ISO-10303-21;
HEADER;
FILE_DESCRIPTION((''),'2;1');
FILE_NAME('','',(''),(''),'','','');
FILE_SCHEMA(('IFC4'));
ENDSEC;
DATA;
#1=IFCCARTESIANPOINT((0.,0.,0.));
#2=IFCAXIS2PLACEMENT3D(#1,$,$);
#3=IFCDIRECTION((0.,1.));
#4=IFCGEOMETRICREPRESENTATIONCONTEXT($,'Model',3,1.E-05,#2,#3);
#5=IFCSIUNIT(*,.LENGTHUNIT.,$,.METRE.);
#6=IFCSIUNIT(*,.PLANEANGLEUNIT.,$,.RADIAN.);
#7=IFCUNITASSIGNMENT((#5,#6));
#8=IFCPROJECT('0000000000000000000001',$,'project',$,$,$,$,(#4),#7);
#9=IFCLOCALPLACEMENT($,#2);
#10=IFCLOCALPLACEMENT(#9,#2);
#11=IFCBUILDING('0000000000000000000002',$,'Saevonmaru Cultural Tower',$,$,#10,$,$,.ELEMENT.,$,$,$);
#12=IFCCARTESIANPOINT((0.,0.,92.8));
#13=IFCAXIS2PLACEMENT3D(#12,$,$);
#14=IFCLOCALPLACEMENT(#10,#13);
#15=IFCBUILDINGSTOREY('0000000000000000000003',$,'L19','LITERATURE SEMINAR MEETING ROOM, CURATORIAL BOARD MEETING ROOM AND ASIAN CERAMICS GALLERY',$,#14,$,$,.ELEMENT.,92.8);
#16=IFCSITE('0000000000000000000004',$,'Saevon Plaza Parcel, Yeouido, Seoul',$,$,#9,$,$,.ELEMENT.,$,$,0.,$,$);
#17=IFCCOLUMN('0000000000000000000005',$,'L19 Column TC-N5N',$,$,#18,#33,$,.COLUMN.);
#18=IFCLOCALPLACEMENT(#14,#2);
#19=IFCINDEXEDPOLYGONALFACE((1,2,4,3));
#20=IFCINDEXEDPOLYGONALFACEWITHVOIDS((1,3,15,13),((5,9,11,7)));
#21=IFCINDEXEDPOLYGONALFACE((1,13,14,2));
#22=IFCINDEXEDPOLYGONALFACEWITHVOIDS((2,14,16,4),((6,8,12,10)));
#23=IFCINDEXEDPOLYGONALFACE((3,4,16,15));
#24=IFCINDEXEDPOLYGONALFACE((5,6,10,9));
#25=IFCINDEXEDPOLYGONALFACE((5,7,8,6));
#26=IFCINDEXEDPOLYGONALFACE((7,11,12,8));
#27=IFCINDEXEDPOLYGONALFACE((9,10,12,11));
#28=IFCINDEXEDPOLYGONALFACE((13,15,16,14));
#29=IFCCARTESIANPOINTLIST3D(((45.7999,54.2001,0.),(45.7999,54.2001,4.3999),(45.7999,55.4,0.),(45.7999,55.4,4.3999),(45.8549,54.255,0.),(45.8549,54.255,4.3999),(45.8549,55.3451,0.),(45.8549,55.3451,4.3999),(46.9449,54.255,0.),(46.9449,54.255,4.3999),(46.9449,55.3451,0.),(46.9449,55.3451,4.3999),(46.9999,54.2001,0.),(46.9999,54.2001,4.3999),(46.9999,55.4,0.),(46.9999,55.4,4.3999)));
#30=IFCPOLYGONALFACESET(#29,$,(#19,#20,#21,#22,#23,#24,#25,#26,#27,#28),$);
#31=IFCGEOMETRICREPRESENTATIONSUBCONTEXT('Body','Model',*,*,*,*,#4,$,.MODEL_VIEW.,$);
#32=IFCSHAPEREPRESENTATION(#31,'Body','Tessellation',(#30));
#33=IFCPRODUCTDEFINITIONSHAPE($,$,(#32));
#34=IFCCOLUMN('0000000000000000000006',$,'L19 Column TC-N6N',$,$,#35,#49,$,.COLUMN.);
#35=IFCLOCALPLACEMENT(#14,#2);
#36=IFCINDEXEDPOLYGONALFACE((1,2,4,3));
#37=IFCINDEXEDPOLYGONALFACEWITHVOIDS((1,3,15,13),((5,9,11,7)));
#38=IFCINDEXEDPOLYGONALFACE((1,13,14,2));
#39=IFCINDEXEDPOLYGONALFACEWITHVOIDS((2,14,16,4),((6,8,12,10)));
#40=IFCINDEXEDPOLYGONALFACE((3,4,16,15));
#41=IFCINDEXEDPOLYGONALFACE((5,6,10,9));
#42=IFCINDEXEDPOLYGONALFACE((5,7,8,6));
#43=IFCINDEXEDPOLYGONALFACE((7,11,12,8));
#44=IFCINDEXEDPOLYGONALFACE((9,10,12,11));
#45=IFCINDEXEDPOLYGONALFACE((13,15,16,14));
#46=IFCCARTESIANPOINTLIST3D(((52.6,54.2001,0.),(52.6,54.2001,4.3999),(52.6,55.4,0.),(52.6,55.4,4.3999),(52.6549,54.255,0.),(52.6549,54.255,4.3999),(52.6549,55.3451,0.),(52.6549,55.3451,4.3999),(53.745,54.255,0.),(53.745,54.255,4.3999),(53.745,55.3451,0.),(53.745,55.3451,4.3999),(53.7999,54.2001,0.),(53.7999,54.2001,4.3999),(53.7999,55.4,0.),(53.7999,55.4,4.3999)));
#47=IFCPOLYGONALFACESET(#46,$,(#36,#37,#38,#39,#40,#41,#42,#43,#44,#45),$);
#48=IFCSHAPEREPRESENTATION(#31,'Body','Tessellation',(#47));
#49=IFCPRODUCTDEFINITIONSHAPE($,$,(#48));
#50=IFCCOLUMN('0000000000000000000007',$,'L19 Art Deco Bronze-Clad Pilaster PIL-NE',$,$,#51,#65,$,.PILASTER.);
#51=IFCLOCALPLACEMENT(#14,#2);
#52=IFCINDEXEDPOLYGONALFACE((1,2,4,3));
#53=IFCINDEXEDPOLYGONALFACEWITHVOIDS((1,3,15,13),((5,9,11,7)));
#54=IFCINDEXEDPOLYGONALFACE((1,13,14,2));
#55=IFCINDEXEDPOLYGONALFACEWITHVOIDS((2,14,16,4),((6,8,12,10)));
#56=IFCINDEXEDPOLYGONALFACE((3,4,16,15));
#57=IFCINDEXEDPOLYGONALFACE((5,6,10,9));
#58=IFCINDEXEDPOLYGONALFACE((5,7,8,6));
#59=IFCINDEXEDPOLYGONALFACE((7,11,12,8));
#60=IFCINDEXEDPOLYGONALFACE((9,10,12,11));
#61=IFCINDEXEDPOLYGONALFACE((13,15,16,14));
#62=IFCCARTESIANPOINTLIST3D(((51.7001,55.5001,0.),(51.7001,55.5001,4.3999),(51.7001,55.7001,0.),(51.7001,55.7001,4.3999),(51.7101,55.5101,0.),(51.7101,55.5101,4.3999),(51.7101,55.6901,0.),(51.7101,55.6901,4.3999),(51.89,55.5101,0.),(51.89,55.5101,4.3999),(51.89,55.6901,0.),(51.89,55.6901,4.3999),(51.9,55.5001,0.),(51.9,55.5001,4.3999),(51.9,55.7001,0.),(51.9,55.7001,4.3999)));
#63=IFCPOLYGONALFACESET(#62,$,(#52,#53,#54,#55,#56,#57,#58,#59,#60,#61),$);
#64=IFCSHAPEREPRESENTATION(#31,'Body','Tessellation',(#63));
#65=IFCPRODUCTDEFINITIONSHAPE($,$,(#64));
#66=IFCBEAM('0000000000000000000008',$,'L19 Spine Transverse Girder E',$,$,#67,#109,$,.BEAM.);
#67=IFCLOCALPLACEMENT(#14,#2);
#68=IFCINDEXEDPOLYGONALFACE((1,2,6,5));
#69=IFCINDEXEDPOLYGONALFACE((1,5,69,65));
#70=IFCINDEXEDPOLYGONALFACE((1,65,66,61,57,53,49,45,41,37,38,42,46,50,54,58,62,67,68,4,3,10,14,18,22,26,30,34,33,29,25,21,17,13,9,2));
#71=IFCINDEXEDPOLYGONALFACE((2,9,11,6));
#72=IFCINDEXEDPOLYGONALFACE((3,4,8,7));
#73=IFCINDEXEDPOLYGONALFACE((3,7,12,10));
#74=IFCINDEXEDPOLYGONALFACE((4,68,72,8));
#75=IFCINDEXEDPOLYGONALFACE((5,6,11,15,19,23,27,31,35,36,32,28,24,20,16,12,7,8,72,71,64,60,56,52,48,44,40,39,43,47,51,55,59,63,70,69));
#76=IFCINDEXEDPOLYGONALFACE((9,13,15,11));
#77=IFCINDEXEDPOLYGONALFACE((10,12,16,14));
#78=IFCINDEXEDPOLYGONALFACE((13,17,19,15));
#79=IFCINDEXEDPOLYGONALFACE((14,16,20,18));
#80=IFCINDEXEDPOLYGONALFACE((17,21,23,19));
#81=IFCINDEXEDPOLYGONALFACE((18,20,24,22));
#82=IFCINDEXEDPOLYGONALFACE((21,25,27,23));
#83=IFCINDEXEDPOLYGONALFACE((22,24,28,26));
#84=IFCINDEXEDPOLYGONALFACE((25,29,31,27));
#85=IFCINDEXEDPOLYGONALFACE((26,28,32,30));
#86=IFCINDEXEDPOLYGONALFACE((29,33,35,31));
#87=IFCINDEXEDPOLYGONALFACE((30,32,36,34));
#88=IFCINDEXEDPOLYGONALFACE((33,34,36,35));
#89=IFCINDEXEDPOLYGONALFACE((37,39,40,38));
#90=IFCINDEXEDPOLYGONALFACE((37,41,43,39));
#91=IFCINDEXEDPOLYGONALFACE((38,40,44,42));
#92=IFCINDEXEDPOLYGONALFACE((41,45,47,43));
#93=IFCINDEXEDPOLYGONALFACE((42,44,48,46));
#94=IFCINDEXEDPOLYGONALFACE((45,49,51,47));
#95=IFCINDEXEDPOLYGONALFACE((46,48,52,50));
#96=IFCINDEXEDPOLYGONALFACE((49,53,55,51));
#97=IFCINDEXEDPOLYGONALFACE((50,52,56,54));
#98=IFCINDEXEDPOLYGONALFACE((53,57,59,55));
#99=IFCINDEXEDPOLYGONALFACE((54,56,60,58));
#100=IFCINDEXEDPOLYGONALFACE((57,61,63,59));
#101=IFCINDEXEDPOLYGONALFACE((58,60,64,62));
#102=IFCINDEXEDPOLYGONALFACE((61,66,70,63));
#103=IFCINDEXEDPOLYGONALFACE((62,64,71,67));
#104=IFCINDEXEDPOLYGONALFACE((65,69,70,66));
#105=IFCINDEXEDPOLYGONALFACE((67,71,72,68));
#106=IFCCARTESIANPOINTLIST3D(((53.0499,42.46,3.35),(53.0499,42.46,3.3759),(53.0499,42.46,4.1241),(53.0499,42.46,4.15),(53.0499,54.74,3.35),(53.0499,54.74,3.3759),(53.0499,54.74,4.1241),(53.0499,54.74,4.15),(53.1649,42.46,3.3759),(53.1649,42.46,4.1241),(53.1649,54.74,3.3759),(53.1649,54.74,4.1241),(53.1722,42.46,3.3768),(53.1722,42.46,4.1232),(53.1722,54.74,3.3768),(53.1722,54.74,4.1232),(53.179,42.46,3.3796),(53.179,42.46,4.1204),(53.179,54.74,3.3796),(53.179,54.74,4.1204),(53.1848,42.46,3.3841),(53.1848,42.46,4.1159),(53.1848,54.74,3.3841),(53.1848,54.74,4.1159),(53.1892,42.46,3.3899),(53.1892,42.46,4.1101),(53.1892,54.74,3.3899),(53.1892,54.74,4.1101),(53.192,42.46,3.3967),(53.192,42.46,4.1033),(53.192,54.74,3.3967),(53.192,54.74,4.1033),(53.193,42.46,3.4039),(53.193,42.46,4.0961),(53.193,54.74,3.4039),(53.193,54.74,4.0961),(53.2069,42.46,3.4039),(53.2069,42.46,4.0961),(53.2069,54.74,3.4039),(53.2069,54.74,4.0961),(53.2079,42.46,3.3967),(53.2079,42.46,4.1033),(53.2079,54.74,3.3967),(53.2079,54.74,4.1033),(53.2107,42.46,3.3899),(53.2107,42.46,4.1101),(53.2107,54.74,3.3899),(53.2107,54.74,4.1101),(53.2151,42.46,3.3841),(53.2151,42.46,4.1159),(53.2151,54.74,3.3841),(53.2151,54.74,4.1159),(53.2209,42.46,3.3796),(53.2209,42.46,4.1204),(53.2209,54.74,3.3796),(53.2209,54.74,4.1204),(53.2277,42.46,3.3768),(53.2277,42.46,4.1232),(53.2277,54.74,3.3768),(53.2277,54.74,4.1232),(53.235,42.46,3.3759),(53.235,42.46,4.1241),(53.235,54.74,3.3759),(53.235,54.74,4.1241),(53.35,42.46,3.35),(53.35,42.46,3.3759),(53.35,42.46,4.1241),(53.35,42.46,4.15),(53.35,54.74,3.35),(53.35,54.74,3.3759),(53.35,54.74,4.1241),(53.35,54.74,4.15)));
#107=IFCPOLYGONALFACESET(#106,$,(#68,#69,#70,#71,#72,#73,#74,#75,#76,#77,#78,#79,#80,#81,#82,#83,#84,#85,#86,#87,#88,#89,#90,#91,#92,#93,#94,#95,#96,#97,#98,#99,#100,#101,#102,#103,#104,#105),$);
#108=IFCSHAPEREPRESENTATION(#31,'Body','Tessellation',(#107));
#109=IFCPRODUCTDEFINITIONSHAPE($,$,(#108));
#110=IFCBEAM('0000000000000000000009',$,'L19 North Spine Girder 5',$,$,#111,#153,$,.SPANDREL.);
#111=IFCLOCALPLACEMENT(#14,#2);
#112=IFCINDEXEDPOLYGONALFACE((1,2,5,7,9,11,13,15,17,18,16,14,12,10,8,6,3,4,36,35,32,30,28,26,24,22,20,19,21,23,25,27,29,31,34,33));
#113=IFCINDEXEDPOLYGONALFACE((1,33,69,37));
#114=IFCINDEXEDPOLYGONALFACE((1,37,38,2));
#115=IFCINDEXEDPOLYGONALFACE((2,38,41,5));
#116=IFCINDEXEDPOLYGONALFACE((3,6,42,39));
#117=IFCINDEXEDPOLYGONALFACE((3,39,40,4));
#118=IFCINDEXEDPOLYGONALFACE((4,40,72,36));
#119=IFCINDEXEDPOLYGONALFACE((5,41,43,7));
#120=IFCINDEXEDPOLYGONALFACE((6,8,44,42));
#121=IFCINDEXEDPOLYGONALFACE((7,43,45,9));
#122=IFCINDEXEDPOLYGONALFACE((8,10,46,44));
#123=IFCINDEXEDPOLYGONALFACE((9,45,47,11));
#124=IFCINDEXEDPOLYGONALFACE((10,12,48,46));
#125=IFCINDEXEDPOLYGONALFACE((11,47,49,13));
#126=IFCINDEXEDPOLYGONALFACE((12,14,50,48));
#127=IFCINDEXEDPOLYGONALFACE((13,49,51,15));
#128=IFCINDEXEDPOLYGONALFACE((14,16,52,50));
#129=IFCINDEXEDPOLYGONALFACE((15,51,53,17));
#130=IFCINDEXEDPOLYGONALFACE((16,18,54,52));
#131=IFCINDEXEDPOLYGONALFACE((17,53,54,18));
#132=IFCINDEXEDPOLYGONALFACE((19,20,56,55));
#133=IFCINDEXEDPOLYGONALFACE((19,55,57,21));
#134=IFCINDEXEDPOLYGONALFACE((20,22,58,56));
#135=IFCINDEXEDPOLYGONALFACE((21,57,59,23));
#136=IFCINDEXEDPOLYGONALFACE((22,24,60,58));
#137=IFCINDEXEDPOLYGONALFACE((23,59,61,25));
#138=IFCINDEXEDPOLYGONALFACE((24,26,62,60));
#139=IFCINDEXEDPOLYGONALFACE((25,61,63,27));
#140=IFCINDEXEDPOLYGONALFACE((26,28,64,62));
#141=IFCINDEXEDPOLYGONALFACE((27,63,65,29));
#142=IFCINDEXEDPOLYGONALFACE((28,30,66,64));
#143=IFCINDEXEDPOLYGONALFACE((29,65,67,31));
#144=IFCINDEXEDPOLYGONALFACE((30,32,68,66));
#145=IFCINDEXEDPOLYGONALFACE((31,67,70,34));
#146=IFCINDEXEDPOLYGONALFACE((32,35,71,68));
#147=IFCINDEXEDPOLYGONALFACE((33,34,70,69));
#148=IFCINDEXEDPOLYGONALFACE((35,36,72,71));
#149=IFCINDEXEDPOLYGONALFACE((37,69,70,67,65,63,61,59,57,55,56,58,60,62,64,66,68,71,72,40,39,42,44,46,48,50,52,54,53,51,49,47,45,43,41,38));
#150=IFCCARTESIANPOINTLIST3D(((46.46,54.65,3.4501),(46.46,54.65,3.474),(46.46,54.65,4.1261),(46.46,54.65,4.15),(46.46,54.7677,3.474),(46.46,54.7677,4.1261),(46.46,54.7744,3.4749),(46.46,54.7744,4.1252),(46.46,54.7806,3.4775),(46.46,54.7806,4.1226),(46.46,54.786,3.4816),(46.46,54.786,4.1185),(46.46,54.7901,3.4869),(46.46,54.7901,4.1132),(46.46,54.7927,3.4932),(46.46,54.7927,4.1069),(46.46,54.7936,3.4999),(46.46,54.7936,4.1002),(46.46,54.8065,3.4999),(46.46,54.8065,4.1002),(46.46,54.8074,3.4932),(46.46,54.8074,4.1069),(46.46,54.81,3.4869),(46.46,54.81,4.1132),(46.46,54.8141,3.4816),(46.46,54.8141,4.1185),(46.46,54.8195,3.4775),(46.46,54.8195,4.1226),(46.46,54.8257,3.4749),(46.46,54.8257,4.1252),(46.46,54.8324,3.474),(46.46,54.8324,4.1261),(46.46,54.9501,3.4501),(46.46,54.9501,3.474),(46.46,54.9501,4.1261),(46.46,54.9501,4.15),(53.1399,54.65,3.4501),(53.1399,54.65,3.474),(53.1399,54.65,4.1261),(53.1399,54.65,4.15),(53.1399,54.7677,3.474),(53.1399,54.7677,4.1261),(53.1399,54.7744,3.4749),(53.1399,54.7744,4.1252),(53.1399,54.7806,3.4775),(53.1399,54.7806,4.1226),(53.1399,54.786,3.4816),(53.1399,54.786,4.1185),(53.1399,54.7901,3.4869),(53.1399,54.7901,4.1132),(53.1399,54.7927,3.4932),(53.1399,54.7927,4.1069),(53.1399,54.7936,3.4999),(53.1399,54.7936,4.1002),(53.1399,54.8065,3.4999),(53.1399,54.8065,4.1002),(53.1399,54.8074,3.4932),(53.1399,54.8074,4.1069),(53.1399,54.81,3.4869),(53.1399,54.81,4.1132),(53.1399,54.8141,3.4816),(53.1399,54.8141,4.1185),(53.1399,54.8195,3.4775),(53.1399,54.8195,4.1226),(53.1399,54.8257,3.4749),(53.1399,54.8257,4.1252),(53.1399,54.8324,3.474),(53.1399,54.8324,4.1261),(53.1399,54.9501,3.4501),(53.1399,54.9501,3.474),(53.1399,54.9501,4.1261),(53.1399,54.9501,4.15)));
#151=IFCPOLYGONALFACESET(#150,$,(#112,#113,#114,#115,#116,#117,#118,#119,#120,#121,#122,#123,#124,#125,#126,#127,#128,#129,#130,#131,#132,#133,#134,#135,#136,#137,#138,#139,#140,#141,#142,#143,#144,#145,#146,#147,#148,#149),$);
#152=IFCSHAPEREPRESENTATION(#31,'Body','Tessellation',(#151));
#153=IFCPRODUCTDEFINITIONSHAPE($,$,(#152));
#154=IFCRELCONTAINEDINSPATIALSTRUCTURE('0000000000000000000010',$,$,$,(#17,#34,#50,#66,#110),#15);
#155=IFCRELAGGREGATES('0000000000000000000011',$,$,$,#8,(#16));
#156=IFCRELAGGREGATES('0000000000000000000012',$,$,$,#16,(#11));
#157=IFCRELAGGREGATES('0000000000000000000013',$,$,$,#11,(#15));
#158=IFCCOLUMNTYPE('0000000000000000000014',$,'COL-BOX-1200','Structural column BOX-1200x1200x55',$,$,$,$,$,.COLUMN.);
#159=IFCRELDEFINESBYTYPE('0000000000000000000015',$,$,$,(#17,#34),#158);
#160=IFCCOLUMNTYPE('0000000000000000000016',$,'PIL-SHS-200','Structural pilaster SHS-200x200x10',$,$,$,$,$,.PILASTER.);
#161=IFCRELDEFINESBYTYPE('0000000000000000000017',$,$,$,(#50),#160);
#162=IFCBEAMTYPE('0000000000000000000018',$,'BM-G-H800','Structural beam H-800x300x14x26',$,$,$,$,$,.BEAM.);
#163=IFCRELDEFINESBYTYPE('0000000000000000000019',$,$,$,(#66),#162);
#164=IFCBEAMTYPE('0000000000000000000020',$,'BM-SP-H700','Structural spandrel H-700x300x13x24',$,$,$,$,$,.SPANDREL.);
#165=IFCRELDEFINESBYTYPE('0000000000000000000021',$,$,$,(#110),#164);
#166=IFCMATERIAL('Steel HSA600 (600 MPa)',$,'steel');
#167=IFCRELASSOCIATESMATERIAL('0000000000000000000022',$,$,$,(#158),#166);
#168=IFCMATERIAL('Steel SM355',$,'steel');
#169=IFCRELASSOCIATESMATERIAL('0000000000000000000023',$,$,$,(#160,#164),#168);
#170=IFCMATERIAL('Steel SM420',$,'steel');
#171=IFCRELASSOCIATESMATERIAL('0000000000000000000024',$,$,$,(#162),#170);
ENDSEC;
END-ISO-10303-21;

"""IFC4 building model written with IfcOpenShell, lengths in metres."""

from ifc_helpers import new_model, si_unit, direction, frame, origin, origin_2d, place, context, subcontext, project, spatial, hollow_rectangle, i_section, extrude, material, material_profile, profile_set, type_object, element, save


model = new_model("IFC4")

# Units and contexts
model_context = context("Model", 3, precision=1e-05, world=origin(), true_north=direction((0.0, 1.0)))
body_context = subcontext(model_context, "Body", "Model", "MODEL_VIEW")
ifc_project = project(units=[si_unit("LENGTHUNIT", "METRE"), si_unit("PLANEANGLEUNIT", "RADIAN")], contexts=[model_context])

# Site, building, storey
site_placement = place(None, origin())
site = spatial("IfcSite", under=ifc_project, at=site_placement, Name="Saevon Plaza Parcel, Yeouido, Seoul", CompositionType="ELEMENT", RefElevation=0.0)
building_placement = place(site_placement, origin())
building = spatial("IfcBuilding", under=site, at=building_placement, Name="Saevonmaru Cultural Tower", CompositionType="ELEMENT")
storey_placement = place(building_placement, frame((0.0, 0.0, 92.8)))
storey = spatial("IfcBuildingStorey", under=building, at=storey_placement, Name="L19", Description="LITERATURE SEMINAR MEETING ROOM, CURATORIAL BOARD MEETING ROOM AND ASIAN CERAMICS GALLERY", CompositionType="ELEMENT", Elevation=92.8)

# Columns
ifc_material_1 = material(Name="Steel HSA600 (600 MPa)", Category="steel")
ifc_material_profile_1 = material_profile(ifc_material_1, hollow_rectangle(XDim=1.2, YDim=1.2, WallThickness=0.0549, at=origin_2d()), Name="BOX-1200x1200x55")
ifc_profile_set_1 = profile_set([ifc_material_profile_1], Name="Steel HSA600 (600 MPa)")
column_type_1 = type_object("IfcColumnType", Name="COL-BOX-1200", Description="Structural column BOX-1200x1200x55", PredefinedType="COLUMN", material=ifc_profile_set_1)
for number, where, z_axis, x_axis, name in (
    (1, (46.3999, 54.8, 0.0), (0.0, 0.0, 1.0), (1.0, 0.0, 0.0), "L19 Column TC-N5N"),
    (2, (53.2, 54.8, 0.0), (0.0, 0.0, 1.0), (1.0, 0.0, 0.0), "L19 Column TC-N6N"),
):
    element("IfcColumn", number, at=place(storey_placement, frame(where, z_axis=z_axis, x_axis=x_axis)), inside=storey, type_object=column_type_1, Name=name, PredefinedType="COLUMN", context=body_context, shape_type="SweptSolid", body=[
        extrude(hollow_rectangle(XDim=1.2, YDim=1.2, WallThickness=0.0549, at=origin_2d()), origin(), (0.0, 0.0, 1.0), 4.3999),
    ])
ifc_material_2 = material(Name="Steel SM355", Category="steel")
ifc_material_profile_2 = material_profile(ifc_material_2, hollow_rectangle(XDim=0.2, YDim=0.2, WallThickness=0.01, at=origin_2d()), Name="SHS-200x200x10")
ifc_profile_set_2 = profile_set([ifc_material_profile_2], Name="Steel SM355")
column_type_2 = type_object("IfcColumnType", Name="PIL-SHS-200", Description="Structural pilaster SHS-200x200x10", PredefinedType="PILASTER", material=ifc_profile_set_2)
column_placement = place(storey_placement, frame((51.8, 55.6001, 0.0), z_axis=(0.0, 0.0, 1.0), x_axis=(1.0, 0.0, 0.0)))
element("IfcColumn", 3, at=column_placement, inside=storey, type_object=column_type_2, Name="L19 Art Deco Bronze-Clad Pilaster PIL-NE", PredefinedType="PILASTER", context=body_context, shape_type="SweptSolid", body=[
    extrude(hollow_rectangle(XDim=0.2, YDim=0.2, WallThickness=0.01, at=origin_2d()), origin(), (0.0, 0.0, 1.0), 4.3999),
])

# Beams
ifc_material_3 = material(Name="Steel SM420", Category="steel")
ifc_material_profile_3 = material_profile(ifc_material_3, i_section(OverallWidth=0.3, OverallDepth=0.8, WebThickness=0.0139, FlangeThickness=0.0259, FilletRadius=0.0281, at=origin_2d()), Name="H-800x300x14x26")
ifc_profile_set_3 = profile_set([ifc_material_profile_3], Name="Steel SM420")
beam_type_1 = type_object("IfcBeamType", Name="BM-G-H800", Description="Structural beam H-800x300x14x26", PredefinedType="BEAM", material=ifc_profile_set_3)
beam_1_placement = place(storey_placement, frame((53.2, 54.74, 3.75), z_axis=(0.0, -1.0, 0.0), x_axis=(1.0, 0.0, 0.0)))
element("IfcBeam", 4, at=beam_1_placement, inside=storey, type_object=beam_type_1, Name="L19 Spine Transverse Girder E", PredefinedType="BEAM", context=body_context, shape_type="SweptSolid", body=[
    extrude(i_section(OverallWidth=0.3, OverallDepth=0.8, WebThickness=0.0139, FlangeThickness=0.0259, FilletRadius=0.0281, at=origin_2d()), origin(), (0.0, 0.0, 1.0), 12.28),
])
ifc_material_profile_4 = material_profile(ifc_material_2, i_section(OverallWidth=0.3, OverallDepth=0.7, WebThickness=0.0129, FlangeThickness=0.0239, FilletRadius=0.0259, at=origin_2d()), Name="H-700x300x13x24")
ifc_profile_set_4 = profile_set([ifc_material_profile_4], Name="Steel SM355")
beam_type_2 = type_object("IfcBeamType", Name="BM-SP-H700", Description="Structural spandrel H-700x300x13x24", PredefinedType="SPANDREL", material=ifc_profile_set_4)
beam_2_placement = place(storey_placement, frame((46.46, 54.8, 3.8), z_axis=(1.0, 0.0, 0.0), x_axis=(0.0, 1.0, 0.0)))
element("IfcBeam", 5, at=beam_2_placement, inside=storey, type_object=beam_type_2, Name="L19 North Spine Girder 5", PredefinedType="SPANDREL", context=body_context, shape_type="SweptSolid", body=[
    extrude(i_section(OverallWidth=0.3, OverallDepth=0.7, WebThickness=0.0129, FlangeThickness=0.0239, FilletRadius=0.0259, at=origin_2d()), origin(), (0.0, 0.0, 1.0), 6.6799),
])

save(model, "model.ifc")
